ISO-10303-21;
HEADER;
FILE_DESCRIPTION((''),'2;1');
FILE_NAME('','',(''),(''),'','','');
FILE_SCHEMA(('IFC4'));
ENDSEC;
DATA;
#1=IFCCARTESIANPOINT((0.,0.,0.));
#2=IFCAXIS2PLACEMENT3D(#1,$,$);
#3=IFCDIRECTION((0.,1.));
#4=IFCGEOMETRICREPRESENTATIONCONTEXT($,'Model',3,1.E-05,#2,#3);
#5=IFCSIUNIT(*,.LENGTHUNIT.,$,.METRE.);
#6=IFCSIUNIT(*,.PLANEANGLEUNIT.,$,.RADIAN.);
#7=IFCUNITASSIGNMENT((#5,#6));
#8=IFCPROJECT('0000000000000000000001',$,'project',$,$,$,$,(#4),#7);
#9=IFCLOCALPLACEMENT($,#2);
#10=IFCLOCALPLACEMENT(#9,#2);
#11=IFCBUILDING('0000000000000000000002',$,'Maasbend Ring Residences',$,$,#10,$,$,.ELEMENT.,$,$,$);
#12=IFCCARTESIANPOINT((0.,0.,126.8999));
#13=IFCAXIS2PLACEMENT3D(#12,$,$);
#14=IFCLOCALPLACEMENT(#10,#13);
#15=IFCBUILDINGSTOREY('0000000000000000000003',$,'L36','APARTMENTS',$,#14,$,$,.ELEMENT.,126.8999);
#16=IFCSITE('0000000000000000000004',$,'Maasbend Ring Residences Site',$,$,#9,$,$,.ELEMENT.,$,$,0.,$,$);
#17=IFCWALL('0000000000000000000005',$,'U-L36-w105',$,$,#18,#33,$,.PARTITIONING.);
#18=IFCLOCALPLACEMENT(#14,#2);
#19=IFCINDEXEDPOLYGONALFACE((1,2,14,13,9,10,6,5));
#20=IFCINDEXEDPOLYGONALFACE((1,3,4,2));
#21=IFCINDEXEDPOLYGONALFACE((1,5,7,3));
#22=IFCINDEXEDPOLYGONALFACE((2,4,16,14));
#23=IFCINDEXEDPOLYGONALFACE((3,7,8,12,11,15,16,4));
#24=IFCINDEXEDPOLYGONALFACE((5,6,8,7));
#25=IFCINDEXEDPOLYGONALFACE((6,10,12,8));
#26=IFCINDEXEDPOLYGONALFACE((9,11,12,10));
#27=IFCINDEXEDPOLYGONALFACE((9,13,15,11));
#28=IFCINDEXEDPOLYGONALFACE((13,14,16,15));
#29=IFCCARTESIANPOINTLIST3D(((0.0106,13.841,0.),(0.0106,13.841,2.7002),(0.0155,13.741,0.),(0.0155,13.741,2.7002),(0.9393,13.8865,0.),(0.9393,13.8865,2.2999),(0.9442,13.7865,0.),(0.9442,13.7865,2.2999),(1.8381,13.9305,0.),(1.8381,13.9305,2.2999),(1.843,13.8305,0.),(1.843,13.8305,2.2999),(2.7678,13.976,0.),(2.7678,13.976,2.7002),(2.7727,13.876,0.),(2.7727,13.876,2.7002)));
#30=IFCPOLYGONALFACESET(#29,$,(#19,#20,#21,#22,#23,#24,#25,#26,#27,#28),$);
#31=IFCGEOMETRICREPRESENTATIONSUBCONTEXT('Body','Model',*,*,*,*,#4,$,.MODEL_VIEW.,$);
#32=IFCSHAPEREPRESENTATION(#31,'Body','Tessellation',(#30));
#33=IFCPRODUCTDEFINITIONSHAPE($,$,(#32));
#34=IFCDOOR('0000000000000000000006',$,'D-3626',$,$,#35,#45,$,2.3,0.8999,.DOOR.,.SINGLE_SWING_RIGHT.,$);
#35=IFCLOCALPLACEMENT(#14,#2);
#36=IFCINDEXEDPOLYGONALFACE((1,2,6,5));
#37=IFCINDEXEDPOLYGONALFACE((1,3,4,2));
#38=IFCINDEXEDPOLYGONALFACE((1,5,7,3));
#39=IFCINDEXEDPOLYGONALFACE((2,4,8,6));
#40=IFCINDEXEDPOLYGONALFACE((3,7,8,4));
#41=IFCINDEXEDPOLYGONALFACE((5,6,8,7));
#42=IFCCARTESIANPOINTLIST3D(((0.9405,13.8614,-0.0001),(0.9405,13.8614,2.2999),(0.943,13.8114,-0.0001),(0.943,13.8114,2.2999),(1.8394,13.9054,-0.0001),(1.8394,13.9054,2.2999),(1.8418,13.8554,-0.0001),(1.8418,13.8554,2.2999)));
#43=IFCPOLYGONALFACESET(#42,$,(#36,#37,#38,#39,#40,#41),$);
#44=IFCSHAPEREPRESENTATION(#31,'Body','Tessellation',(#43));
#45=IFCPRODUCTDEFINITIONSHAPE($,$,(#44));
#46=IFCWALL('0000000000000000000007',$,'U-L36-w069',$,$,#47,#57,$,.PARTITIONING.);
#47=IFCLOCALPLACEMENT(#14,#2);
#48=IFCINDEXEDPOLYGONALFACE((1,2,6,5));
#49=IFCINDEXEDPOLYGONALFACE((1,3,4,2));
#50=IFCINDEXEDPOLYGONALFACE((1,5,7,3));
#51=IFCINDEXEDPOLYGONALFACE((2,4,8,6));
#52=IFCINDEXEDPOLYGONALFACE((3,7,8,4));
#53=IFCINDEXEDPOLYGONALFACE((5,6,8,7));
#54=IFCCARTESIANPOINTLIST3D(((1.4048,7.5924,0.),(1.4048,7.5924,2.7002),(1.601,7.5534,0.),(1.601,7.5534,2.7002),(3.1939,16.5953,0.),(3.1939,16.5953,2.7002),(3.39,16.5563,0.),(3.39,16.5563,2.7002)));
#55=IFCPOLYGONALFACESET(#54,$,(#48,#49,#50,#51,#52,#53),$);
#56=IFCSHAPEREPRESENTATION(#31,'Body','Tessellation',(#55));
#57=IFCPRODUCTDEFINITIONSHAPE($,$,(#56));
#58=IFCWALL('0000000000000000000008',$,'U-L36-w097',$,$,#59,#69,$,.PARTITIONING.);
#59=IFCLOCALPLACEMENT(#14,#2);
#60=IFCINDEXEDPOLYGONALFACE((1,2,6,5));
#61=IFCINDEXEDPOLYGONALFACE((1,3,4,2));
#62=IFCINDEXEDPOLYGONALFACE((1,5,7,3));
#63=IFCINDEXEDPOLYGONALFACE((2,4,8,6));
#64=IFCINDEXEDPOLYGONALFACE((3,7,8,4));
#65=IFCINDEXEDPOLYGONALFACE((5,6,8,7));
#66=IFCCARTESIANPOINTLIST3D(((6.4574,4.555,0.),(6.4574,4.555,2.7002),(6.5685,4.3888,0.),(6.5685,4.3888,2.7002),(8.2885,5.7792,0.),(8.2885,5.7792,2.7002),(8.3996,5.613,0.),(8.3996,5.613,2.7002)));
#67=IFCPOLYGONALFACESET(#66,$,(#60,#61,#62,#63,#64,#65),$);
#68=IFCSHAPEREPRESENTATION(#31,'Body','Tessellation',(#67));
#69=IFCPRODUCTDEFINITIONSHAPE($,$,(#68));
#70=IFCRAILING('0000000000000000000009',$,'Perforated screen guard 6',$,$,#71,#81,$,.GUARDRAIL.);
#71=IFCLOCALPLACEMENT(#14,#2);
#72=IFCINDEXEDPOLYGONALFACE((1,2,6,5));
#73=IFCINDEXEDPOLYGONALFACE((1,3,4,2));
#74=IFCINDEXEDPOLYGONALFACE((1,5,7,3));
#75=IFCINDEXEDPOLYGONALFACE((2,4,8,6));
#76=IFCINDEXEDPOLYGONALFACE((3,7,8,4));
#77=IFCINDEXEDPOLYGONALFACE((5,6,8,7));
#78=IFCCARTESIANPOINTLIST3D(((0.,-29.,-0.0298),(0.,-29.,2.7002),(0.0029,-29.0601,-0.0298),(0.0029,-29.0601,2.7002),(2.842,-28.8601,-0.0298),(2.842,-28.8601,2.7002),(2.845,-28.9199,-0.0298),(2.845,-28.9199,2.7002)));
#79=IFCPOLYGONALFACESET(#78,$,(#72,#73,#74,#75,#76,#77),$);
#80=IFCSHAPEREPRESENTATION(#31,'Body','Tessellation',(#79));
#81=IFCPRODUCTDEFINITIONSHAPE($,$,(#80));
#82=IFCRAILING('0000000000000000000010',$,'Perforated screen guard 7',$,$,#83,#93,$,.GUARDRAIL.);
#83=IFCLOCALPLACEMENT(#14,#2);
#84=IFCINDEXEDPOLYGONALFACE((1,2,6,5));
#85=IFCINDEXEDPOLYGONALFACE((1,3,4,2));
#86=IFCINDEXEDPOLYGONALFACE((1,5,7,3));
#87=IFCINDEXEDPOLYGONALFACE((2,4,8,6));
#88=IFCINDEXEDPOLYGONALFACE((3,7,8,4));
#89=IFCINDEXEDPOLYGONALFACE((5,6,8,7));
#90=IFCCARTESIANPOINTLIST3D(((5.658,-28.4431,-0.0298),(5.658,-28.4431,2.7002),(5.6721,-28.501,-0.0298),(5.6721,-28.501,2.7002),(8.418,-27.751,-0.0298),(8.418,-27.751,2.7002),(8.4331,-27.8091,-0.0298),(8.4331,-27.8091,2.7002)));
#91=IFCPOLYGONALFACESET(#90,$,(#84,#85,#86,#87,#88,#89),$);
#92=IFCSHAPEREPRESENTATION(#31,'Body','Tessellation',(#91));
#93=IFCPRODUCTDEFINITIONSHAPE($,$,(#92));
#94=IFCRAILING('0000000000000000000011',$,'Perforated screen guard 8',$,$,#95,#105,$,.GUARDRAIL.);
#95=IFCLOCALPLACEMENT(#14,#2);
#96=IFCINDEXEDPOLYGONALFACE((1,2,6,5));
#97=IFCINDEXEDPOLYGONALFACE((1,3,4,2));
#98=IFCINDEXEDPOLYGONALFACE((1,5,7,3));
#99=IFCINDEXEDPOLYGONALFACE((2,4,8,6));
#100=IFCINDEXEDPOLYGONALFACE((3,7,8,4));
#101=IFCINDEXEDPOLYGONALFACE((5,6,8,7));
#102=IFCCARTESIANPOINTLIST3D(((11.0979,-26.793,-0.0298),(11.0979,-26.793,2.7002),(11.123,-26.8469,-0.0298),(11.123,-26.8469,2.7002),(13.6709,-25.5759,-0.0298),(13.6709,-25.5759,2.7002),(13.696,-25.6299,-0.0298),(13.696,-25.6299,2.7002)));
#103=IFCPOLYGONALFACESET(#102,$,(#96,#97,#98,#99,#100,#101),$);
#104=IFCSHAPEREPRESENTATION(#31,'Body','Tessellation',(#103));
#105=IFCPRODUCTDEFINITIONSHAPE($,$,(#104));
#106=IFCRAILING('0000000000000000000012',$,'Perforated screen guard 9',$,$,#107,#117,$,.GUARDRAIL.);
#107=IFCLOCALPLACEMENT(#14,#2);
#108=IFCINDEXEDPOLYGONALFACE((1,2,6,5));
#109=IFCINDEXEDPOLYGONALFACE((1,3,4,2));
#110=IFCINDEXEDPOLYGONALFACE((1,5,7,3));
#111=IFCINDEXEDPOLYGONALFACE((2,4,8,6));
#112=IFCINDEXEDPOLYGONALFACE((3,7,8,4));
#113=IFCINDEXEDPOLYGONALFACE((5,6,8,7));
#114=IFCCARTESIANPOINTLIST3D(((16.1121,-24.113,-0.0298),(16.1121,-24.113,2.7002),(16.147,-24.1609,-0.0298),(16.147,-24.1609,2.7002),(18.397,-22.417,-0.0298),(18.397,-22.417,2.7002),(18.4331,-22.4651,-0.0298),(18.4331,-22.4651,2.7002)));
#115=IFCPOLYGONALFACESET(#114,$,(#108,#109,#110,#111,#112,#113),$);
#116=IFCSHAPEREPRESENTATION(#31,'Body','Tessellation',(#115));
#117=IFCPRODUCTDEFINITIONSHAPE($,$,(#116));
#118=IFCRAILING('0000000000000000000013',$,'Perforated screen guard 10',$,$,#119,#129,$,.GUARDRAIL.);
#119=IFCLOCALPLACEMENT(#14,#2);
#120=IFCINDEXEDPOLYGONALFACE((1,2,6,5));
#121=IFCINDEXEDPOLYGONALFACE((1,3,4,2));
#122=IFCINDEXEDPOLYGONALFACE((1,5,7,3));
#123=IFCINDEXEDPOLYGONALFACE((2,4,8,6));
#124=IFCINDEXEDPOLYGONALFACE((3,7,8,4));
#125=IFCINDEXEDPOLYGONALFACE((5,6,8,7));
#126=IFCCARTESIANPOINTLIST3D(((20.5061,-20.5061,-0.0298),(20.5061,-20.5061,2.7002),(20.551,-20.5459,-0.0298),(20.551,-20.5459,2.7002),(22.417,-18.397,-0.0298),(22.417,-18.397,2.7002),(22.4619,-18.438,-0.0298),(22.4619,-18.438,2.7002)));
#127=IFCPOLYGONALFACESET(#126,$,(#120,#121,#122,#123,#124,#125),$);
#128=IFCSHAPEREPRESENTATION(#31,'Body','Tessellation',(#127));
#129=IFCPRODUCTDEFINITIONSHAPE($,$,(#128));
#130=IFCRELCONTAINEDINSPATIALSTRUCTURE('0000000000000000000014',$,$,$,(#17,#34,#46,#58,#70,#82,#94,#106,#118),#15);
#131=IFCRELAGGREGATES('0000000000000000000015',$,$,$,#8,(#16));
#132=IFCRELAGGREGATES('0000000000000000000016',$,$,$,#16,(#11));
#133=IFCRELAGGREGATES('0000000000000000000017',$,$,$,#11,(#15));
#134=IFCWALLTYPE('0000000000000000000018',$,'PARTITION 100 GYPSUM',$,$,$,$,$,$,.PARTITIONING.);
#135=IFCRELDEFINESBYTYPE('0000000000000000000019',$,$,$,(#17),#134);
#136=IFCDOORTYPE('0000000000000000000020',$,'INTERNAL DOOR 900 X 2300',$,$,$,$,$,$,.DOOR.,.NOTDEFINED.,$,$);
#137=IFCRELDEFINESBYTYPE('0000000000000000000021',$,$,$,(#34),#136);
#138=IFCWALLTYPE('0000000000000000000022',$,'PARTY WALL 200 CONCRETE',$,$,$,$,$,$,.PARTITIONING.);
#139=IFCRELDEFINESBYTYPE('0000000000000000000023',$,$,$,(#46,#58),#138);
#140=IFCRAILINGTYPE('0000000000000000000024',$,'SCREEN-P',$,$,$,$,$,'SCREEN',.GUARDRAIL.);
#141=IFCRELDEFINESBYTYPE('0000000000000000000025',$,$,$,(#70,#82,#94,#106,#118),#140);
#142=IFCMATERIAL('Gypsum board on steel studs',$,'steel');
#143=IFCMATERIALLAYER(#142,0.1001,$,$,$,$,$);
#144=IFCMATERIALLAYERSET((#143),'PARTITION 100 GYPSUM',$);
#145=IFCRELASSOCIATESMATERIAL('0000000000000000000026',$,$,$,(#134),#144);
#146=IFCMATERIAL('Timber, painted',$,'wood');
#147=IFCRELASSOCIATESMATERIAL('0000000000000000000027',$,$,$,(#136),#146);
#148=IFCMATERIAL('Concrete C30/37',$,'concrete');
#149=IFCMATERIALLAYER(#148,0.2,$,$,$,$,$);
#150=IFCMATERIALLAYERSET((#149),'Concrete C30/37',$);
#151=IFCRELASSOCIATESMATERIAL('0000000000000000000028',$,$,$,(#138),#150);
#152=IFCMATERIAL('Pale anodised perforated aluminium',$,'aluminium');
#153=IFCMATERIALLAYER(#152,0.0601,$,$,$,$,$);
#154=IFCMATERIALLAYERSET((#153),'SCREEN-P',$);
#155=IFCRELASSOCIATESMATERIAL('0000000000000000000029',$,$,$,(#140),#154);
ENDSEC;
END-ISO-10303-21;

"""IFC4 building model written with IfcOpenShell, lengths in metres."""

from ifc_helpers import new_model, si_unit, direction, frame, frame_2d, origin, place, context, subcontext, project, spatial, polyline, rectangle, outline, extrude, material, layer, layer_set, type_object, element, fill, save


model = new_model("IFC4")

# Units and contexts
model_context = context("Model", 3, precision=1e-05, world=origin(), true_north=direction((0.0, 1.0)))
body_context = subcontext(model_context, "Body", "Model", "MODEL_VIEW")
ifc_project = project(units=[si_unit("LENGTHUNIT", "METRE"), si_unit("PLANEANGLEUNIT", "RADIAN")], contexts=[model_context])

# Site, building, storey
site_placement = place(None, origin())
site = spatial("IfcSite", under=ifc_project, at=site_placement, Name="Maasbend Ring Residences Site", CompositionType="ELEMENT", RefElevation=0.0)
building_placement = place(site_placement, origin())
building = spatial("IfcBuilding", under=site, at=building_placement, Name="Maasbend Ring Residences", CompositionType="ELEMENT")
storey_placement = place(building_placement, frame((0.0, 0.0, 126.8999)))
storey = spatial("IfcBuildingStorey", under=building, at=storey_placement, Name="L36", Description="APARTMENTS", CompositionType="ELEMENT", Elevation=126.8999)

# Shared definitions
ifc_material_1 = material(Name="Gypsum board on steel studs", Category="steel")
ifc_layer_1 = layer(ifc_material_1, 0.1001)
ifc_layer_set_1 = layer_set([ifc_layer_1], Name="PARTITION 100 GYPSUM")
wall_type_1 = type_object("IfcWallType", Name="PARTITION 100 GYPSUM", PredefinedType="PARTITIONING", material=ifc_layer_set_1)

# Shared definitions
ifc_material_2 = material(Name="Timber, painted", Category="wood")
door_type = type_object("IfcDoorType", Name="INTERNAL DOOR 900 X 2300", OperationType="NOTDEFINED", PredefinedType="DOOR", material=ifc_material_2)

# Wall, opening, door
wall_1_placement = place(storey_placement, frame((0.0129, 13.791, 0.0), z_axis=(0.0, 0.0, 1.0), x_axis=(0.998803, 0.04891, 0.0)))
wall_1 = element("IfcWall", 1, at=wall_1_placement, inside=storey, type_object=wall_type_1, Name="U-L36-w105", PredefinedType="PARTITIONING", context=body_context, shape_type="SweptSolid", body=[
    extrude(rectangle(XDim=2.7605, YDim=0.1001, at=frame_2d((1.3804, 0.0))), origin(), (0.0, 0.0, 1.0), 2.7002),
])
opening_1_placement = place(wall_1_placement, frame((0.9299, 0.0, 0.0)))
opening_1 = element("IfcOpeningElement", 2, at=opening_1_placement, cuts=wall_1, PredefinedType="OPENING", context=body_context, shape_type="SweptSolid", body=[
    extrude(rectangle(XDim=0.8999, YDim=2.3, at=frame_2d((0.45, 1.1499))), frame((0.0, 0.0601, 0.0), z_axis=(0.0, -1.0, 0.0), x_axis=(1.0, 0.0, 0.0)), (0.0, 0.0, 1.0), 0.1201),
])
door_1_placement = place(opening_1_placement, origin())
door_1 = element("IfcDoor", 3, at=door_1_placement, inside=storey, type_object=door_type, Name="D-3626", OperationType="SINGLE_SWING_RIGHT", OverallHeight=2.3, OverallWidth=0.8999, PredefinedType="DOOR", context=body_context, shape_type="SweptSolid", body=[
    extrude(rectangle(XDim=0.8999, YDim=2.3, at=frame_2d((0.45, 1.1499))), frame((0.0, 0.0249, 0.0), z_axis=(0.0, -1.0, 0.0), x_axis=(1.0, 0.0, 0.0)), (0.0, 0.0, 1.0), 0.05),
])
fill(opening_1, door_1)

# Walls
ifc_material_3 = material(Name="Concrete C30/37", Category="concrete")
ifc_layer_2 = layer(ifc_material_3, 0.2)
ifc_layer_set_2 = layer_set([ifc_layer_2], Name="Concrete C30/37")
wall_type_2 = type_object("IfcWallType", Name="PARTY WALL 200 CONCRETE", PredefinedType="PARTITIONING", material=ifc_layer_set_2)
wall_2_placement = place(storey_placement, frame((1.5029, 7.573, 0.0), z_axis=(0.0, 0.0, 1.0), x_axis=(0.194909, 0.980821, 0.0)))
element("IfcWall", 4, at=wall_2_placement, inside=storey, type_object=wall_type_2, Name="U-L36-w069", PredefinedType="PARTITIONING", context=body_context, shape_type="SweptSolid", body=[
    extrude(rectangle(XDim=9.179, YDim=0.2, at=frame_2d((4.5894, 0.0))), origin(), (0.0, 0.0, 1.0), 2.7002),
])
wall_3_placement = place(storey_placement, frame((6.5129, 4.4719, 0.0), z_axis=(0.0, 0.0, 1.0), x_axis=(0.831333, 0.555774, 0.0)))
element("IfcWall", 5, at=wall_3_placement, inside=storey, type_object=wall_type_2, Name="U-L36-w097", PredefinedType="PARTITIONING", context=body_context, shape_type="SweptSolid", body=[
    extrude(rectangle(XDim=2.2026, YDim=0.2, at=frame_2d((1.1013, 0.0))), origin(), (0.0, 0.0, 1.0), 2.7002),
])

# Railings
ifc_material_4 = material(Name="Pale anodised perforated aluminium", Category="aluminium")
ifc_layer_3 = layer(ifc_material_4, 0.0601)
ifc_layer_set_3 = layer_set([ifc_layer_3], Name="SCREEN-P")
railing_type = type_object("IfcRailingType", Name="SCREEN-P", ElementType="SCREEN", PredefinedType="GUARDRAIL", material=ifc_layer_set_3)
railing_1_placement = place(storey_placement, frame((0.0, 0.0, -0.0298)))
element("IfcRailing", 6, at=railing_1_placement, inside=storey, type_object=railing_type, Name="Perforated screen guard 6", PredefinedType="GUARDRAIL", context=body_context, shape_type="SweptSolid", body=[
    extrude(outline(polyline([(0.0, -29.0), (2.842, -28.8601), (2.845, -28.9199), (0.0029, -29.0601), (0.0, -29.0)])), origin(), (0.0, 0.0, 1.0), 2.73),
])
railing_2_placement = place(storey_placement, frame((0.0, 0.0, -0.0298)))
element("IfcRailing", 7, at=railing_2_placement, inside=storey, type_object=railing_type, Name="Perforated screen guard 7", PredefinedType="GUARDRAIL", context=body_context, shape_type="SweptSolid", body=[
    extrude(outline(polyline([(5.658, -28.4431), (8.418, -27.751), (8.4331, -27.8091), (5.6721, -28.501), (5.658, -28.4431)])), origin(), (0.0, 0.0, 1.0), 2.73),
])
railing_3_placement = place(storey_placement, frame((0.0, 0.0, -0.0298)))
element("IfcRailing", 8, at=railing_3_placement, inside=storey, type_object=railing_type, Name="Perforated screen guard 8", PredefinedType="GUARDRAIL", context=body_context, shape_type="SweptSolid", body=[
    extrude(outline(polyline([(11.0979, -26.793), (13.6709, -25.5759), (13.696, -25.6299), (11.123, -26.8469), (11.0979, -26.793)])), origin(), (0.0, 0.0, 1.0), 2.73),
])
railing_4_placement = place(storey_placement, frame((0.0, 0.0, -0.0298)))
element("IfcRailing", 9, at=railing_4_placement, inside=storey, type_object=railing_type, Name="Perforated screen guard 9", PredefinedType="GUARDRAIL", context=body_context, shape_type="SweptSolid", body=[
    extrude(outline(polyline([(16.1121, -24.113), (18.397, -22.417), (18.4331, -22.4651), (16.147, -24.1609), (16.1121, -24.113)])), origin(), (0.0, 0.0, 1.0), 2.73),
])
railing_5_placement = place(storey_placement, frame((0.0, 0.0, -0.0298)))
element("IfcRailing", 10, at=railing_5_placement, inside=storey, type_object=railing_type, Name="Perforated screen guard 10", PredefinedType="GUARDRAIL", context=body_context, shape_type="SweptSolid", body=[
    extrude(outline(polyline([(20.5061, -20.5061), (22.417, -18.397), (22.4619, -18.438), (20.551, -20.5459), (20.5061, -20.5061)])), origin(), (0.0, 0.0, 1.0), 2.73),
])

save(model, "model.ifc")
